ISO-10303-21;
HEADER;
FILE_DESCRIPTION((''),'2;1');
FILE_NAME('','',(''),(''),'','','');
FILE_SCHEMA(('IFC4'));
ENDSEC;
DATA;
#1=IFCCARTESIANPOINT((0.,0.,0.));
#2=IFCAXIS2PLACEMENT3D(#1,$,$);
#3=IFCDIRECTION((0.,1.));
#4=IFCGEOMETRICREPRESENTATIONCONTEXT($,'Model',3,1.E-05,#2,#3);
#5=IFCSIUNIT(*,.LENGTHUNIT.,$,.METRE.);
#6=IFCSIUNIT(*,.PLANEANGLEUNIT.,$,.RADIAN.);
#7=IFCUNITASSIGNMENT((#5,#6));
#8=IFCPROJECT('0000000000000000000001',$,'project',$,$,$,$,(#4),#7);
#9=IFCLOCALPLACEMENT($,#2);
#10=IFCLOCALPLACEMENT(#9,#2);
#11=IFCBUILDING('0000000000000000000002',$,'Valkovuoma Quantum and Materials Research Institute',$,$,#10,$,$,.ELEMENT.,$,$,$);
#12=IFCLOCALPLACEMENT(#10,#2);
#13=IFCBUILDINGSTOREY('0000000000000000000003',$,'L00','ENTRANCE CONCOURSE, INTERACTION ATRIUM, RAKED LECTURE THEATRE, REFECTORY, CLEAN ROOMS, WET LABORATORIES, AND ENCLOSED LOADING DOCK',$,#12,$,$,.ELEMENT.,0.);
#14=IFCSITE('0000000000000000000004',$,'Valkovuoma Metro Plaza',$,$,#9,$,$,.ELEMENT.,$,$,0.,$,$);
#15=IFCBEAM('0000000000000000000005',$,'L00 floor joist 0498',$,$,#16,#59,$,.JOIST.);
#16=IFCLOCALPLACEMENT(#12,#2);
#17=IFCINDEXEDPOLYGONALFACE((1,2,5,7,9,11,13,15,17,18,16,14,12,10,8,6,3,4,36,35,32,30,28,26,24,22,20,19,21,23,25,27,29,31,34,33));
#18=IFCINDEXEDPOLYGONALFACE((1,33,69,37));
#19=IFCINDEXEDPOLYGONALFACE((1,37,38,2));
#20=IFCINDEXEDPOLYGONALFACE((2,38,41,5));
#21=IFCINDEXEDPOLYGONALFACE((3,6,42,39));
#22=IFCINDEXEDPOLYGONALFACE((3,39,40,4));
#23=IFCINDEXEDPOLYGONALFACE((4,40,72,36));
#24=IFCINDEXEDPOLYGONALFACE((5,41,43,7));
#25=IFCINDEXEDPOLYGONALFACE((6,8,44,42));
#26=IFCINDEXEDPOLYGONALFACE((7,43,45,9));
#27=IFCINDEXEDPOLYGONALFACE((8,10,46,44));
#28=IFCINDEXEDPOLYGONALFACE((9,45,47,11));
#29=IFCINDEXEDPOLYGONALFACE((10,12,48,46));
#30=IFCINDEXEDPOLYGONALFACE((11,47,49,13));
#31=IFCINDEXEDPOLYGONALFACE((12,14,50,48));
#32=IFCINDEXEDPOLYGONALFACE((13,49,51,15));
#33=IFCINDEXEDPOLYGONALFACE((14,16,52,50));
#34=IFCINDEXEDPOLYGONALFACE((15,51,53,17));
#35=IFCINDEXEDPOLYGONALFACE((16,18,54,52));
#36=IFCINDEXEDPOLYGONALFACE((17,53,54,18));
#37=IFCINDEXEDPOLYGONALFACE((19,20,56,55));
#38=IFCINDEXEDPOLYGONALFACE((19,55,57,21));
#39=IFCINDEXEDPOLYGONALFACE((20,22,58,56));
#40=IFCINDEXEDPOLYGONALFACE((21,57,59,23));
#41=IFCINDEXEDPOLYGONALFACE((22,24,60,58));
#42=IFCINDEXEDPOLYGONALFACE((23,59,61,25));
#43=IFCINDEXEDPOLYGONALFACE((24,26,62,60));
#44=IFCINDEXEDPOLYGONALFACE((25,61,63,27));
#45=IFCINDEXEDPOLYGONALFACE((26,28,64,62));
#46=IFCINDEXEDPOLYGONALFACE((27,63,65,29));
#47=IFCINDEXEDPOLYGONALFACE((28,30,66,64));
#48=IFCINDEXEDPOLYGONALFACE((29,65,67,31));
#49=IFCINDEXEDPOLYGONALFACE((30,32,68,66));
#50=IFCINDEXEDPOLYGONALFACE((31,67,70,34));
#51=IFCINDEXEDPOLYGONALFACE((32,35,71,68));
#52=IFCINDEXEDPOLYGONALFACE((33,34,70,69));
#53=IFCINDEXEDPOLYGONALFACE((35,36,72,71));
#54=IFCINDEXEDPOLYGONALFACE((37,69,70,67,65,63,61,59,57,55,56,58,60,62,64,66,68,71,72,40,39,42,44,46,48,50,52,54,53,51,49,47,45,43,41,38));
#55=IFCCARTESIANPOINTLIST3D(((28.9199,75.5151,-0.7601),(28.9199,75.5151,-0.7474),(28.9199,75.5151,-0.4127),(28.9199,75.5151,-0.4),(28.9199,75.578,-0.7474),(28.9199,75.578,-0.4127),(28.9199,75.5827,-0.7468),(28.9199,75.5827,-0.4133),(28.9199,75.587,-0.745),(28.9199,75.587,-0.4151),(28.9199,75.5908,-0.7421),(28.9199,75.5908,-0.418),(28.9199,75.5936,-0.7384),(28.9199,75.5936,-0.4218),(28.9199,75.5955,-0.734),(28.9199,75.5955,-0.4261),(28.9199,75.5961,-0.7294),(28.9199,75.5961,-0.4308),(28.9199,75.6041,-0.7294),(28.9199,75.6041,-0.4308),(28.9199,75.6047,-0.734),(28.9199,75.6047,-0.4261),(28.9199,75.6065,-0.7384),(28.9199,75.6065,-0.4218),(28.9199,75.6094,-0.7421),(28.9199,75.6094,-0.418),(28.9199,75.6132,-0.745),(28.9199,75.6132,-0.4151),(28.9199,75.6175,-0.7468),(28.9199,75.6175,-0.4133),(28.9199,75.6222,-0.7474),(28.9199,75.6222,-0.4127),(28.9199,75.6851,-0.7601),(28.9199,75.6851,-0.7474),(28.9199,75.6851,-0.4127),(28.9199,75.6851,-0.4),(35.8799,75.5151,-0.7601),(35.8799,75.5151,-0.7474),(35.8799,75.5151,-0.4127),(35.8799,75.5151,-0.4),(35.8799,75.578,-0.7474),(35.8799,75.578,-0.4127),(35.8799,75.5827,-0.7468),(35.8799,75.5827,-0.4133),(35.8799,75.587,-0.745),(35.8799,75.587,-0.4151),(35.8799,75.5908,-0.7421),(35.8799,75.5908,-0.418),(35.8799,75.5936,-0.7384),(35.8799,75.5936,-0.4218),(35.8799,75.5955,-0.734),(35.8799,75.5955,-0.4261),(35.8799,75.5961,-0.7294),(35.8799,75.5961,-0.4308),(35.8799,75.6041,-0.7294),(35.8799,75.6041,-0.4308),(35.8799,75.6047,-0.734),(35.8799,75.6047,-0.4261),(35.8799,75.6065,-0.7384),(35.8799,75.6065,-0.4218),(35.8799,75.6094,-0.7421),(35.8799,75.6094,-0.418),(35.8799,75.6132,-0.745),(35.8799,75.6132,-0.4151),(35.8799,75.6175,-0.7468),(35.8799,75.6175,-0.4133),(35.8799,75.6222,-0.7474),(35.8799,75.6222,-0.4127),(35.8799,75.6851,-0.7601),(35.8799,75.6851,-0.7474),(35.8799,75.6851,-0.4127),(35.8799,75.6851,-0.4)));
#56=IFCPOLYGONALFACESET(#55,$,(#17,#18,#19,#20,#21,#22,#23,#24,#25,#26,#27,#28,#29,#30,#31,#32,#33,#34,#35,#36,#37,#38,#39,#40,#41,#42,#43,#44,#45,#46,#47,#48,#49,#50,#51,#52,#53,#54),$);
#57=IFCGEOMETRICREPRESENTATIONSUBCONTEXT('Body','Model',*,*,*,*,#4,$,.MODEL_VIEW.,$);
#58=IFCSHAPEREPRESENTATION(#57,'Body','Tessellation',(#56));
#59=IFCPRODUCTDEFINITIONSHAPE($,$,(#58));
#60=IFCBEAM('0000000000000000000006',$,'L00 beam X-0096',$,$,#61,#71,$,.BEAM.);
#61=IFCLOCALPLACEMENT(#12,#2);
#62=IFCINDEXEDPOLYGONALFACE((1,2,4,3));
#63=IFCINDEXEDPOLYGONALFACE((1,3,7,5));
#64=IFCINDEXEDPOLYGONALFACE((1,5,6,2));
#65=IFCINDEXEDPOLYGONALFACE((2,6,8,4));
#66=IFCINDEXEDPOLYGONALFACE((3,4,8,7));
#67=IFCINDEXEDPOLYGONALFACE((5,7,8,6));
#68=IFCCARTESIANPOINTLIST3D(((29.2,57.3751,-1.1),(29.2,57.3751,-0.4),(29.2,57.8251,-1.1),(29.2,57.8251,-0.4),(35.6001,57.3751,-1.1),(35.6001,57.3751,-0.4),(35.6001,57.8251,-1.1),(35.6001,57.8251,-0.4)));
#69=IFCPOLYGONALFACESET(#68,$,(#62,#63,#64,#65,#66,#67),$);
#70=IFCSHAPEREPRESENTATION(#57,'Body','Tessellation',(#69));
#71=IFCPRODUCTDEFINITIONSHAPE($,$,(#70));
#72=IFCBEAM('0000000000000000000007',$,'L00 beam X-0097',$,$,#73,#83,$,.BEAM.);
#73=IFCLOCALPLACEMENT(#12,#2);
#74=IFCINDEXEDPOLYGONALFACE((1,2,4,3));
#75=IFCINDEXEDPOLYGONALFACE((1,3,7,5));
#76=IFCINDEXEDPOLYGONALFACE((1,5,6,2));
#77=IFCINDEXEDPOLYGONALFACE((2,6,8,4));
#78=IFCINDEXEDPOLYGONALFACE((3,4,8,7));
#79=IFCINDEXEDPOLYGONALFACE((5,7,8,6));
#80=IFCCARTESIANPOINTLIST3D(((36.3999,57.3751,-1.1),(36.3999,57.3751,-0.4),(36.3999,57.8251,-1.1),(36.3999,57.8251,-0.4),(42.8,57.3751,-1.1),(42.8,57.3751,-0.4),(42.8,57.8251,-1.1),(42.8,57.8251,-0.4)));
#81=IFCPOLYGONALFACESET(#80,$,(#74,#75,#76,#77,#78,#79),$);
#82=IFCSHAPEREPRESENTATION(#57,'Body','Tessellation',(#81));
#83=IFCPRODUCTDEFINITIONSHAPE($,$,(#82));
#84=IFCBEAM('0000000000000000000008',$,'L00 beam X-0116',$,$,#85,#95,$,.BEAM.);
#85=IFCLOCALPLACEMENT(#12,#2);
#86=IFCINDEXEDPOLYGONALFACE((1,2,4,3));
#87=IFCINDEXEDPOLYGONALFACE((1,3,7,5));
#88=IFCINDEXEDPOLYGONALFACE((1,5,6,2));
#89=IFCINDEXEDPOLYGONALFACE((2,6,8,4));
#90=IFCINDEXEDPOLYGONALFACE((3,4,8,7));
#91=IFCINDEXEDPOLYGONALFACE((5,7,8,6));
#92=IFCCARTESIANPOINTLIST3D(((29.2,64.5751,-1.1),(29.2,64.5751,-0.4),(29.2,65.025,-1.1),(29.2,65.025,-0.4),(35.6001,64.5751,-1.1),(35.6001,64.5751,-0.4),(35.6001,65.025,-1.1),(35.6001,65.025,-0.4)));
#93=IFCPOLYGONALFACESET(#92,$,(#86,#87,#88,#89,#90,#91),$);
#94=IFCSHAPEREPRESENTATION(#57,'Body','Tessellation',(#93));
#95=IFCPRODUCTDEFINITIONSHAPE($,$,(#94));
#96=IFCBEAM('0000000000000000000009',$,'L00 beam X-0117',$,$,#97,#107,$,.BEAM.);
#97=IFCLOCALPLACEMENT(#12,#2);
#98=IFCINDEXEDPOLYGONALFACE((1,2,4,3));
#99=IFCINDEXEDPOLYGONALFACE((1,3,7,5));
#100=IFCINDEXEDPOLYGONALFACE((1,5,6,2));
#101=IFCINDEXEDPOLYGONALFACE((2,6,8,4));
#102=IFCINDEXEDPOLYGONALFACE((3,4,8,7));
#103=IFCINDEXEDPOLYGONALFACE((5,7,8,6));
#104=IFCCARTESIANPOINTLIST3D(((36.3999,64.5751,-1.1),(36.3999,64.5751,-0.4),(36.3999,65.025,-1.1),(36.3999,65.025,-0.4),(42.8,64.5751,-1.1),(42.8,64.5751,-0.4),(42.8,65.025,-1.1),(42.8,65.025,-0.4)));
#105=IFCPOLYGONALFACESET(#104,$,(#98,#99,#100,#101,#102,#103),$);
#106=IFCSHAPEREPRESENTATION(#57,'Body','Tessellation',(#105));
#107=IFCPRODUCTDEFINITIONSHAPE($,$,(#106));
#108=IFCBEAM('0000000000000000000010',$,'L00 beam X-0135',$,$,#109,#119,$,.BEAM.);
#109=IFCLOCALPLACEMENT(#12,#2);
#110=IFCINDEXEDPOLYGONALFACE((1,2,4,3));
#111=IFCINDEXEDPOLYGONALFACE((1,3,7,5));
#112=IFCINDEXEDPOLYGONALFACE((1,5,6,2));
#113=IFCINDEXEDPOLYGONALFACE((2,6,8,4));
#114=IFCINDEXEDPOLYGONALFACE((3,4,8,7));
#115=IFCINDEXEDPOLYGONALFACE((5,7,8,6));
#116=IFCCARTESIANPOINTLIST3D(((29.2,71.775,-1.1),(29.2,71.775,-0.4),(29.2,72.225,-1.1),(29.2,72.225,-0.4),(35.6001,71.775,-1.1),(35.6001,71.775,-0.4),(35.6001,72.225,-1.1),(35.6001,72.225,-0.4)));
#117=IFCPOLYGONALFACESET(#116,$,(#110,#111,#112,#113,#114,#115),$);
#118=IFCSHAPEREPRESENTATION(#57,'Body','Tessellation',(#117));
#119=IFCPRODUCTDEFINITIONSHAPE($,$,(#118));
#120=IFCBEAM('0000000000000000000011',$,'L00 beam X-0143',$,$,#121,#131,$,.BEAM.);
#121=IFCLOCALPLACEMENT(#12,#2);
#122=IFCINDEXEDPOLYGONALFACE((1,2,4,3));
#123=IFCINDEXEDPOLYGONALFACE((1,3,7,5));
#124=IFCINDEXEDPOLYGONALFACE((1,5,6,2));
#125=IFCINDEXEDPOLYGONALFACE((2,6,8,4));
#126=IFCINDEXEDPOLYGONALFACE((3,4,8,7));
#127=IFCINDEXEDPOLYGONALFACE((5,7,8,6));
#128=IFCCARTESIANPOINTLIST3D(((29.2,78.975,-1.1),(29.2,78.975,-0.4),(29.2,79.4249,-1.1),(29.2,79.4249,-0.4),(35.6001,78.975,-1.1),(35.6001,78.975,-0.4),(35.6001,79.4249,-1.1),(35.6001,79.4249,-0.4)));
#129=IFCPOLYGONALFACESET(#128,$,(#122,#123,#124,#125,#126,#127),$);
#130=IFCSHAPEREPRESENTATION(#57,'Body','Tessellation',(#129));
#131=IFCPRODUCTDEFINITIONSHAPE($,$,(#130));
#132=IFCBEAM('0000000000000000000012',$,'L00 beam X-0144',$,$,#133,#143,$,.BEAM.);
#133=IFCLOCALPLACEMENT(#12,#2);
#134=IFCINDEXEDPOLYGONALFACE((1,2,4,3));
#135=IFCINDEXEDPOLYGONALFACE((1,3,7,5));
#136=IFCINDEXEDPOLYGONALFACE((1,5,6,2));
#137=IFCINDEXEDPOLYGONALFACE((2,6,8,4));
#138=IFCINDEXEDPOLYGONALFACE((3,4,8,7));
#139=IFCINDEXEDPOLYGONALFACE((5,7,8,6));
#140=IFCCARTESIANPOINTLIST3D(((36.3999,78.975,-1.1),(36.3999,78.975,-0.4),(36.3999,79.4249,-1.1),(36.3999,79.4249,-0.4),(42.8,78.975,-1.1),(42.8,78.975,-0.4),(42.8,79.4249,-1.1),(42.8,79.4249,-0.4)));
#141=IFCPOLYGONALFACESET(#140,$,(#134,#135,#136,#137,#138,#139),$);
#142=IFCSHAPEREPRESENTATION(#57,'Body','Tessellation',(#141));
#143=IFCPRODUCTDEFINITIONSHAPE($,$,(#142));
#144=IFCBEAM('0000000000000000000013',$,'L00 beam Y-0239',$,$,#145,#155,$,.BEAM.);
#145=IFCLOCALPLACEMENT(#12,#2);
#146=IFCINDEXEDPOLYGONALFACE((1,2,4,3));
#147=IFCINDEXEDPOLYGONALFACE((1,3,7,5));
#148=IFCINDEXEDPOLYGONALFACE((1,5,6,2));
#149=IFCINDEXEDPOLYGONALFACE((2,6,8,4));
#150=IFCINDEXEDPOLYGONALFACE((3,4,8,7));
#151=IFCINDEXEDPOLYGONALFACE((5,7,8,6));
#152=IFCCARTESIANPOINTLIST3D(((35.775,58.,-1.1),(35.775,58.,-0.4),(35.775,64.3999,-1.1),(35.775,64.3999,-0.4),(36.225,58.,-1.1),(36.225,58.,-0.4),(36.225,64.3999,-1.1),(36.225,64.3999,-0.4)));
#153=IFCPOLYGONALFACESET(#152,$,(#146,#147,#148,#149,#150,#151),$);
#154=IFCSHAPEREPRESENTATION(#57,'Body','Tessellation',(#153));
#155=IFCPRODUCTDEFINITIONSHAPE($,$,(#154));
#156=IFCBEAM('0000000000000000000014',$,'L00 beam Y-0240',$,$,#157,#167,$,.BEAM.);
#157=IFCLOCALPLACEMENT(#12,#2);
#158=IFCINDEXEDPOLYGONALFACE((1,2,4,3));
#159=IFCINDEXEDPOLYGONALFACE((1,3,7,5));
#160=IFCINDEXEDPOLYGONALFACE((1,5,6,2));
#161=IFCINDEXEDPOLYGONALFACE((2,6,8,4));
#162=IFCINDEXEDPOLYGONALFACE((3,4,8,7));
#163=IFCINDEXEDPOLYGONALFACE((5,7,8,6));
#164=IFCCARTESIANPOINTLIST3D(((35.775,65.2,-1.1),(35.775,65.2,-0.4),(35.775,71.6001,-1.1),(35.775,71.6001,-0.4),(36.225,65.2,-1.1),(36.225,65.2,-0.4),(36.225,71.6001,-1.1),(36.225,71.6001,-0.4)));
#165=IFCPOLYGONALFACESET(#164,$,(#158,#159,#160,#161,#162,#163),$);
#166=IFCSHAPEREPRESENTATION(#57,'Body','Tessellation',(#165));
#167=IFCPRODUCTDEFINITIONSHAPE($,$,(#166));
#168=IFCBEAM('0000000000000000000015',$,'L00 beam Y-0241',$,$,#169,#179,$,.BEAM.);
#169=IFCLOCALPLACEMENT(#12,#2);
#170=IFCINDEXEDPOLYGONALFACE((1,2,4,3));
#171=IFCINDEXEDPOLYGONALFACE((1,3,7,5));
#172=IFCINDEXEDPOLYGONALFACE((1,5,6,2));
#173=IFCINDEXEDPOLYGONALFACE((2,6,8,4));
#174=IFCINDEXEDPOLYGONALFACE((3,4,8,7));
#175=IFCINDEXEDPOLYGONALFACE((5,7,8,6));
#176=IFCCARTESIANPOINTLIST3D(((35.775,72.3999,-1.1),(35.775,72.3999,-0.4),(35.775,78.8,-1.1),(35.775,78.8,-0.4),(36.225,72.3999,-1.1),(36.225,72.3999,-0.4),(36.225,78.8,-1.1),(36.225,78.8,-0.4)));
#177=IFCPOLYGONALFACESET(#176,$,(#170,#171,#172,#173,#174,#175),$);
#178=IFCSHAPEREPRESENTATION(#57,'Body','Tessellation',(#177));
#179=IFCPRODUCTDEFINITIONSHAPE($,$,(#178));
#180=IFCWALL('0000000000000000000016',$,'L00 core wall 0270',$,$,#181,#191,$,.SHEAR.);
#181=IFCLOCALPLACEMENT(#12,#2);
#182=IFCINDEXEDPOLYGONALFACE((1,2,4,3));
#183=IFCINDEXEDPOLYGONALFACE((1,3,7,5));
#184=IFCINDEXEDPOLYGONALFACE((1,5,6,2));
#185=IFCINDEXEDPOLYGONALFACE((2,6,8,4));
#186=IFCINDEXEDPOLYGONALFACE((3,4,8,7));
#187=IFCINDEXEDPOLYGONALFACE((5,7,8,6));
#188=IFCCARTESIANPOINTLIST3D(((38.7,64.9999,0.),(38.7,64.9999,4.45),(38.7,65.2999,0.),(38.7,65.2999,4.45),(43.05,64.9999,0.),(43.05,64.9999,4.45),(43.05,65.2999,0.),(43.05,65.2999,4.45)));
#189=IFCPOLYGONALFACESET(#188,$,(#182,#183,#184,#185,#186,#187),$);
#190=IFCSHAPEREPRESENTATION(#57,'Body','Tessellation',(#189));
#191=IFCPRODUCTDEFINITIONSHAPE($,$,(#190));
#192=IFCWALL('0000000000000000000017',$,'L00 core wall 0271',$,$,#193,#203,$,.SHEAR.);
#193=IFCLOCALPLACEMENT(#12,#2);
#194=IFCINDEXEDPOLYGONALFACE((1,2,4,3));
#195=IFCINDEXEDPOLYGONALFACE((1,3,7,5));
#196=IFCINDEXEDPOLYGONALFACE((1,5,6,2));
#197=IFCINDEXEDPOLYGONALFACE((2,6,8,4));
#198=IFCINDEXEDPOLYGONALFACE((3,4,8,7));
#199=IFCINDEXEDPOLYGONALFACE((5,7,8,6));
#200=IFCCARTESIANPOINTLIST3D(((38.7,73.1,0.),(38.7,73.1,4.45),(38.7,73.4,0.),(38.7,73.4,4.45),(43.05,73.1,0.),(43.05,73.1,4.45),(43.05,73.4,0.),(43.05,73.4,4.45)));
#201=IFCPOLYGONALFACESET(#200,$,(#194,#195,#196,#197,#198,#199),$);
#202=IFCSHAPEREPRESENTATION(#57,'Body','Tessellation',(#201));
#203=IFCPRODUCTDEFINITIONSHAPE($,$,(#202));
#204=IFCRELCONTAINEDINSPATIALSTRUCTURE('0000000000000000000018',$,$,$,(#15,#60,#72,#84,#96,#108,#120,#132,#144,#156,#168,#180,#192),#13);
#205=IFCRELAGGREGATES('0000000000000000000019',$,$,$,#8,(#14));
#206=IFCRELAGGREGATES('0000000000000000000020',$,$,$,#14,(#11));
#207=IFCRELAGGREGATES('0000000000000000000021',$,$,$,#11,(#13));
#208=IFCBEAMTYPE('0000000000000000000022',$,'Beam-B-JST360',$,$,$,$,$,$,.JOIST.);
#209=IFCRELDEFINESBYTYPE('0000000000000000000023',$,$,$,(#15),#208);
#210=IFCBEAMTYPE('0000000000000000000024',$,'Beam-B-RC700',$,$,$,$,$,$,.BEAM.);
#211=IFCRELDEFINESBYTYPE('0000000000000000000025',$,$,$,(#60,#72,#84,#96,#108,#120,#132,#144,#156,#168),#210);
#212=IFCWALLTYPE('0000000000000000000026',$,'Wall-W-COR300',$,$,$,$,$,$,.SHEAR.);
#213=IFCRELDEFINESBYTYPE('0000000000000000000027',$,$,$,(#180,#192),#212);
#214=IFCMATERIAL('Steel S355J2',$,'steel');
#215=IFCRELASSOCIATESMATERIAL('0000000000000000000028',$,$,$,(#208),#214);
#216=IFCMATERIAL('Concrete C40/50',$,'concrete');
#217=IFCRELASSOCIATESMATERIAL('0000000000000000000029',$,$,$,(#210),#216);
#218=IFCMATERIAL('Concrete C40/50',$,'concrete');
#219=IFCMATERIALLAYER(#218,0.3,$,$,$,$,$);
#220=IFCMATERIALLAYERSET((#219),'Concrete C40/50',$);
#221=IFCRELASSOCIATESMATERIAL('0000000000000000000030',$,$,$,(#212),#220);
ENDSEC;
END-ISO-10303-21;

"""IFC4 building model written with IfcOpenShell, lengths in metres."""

from ifc_helpers import new_model, si_unit, direction, frame, frame_2d, origin, origin_2d, place, context, subcontext, project, spatial, rectangle, i_section, extrude, material, layer, layer_set, material_profile, profile_set, type_object, element, save


model = new_model("IFC4")

# Units and contexts
model_context = context("Model", 3, precision=1e-05, world=origin(), true_north=direction((0.0, 1.0)))
body_context = subcontext(model_context, "Body", "Model", "MODEL_VIEW")
ifc_project = project(units=[si_unit("LENGTHUNIT", "METRE"), si_unit("PLANEANGLEUNIT", "RADIAN")], contexts=[model_context])

# Site, building, storey
site_placement = place(None, origin())
site = spatial("IfcSite", under=ifc_project, at=site_placement, Name="Valkovuoma Metro Plaza", CompositionType="ELEMENT", RefElevation=0.0)
building_placement = place(site_placement, origin())
building = spatial("IfcBuilding", under=site, at=building_placement, Name="Valkovuoma Quantum and Materials Research Institute", CompositionType="ELEMENT")
storey_placement = place(building_placement, origin())
storey = spatial("IfcBuildingStorey", under=building, at=storey_placement, Name="L00", Description="ENTRANCE CONCOURSE, INTERACTION ATRIUM, RAKED LECTURE THEATRE, REFECTORY, CLEAN ROOMS, WET LABORATORIES, AND ENCLOSED LOADING DOCK", CompositionType="ELEMENT", Elevation=0.0)

# Beams
ifc_material_1 = material(Name="Steel S355J2", Category="steel")
ifc_material_profile_1 = material_profile(ifc_material_1, i_section(OverallWidth=0.1699, OverallDepth=0.3601, WebThickness=0.0081, FlangeThickness=0.0127, FilletRadius=0.0181, at=origin_2d()), Name="Steel S355J2")
ifc_profile_set_1 = profile_set([ifc_material_profile_1], Name="Steel S355J2")
beam_type_1 = type_object("IfcBeamType", Name="Beam-B-JST360", PredefinedType="JOIST", material=ifc_profile_set_1)
for number, where, z_axis, x_axis, name in (
    (1, (28.9199, 75.6001, -0.5801), (1.0, 0.0, 0.0), (0.0, 1.0, 0.0), "L00 floor joist 0498"),
):
    element("IfcBeam", number, at=place(storey_placement, frame(where, z_axis=z_axis, x_axis=x_axis)), inside=storey, type_object=beam_type_1, Name=name, PredefinedType="JOIST", context=body_context, shape_type="SweptSolid", body=[
        extrude(i_section(OverallWidth=0.1699, OverallDepth=0.3601, WebThickness=0.0081, FlangeThickness=0.0127, FilletRadius=0.0181, at=origin_2d()), origin(), (0.0, 0.0, 1.0), 6.96),
    ])
ifc_material_2 = material(Name="Concrete C40/50", Category="concrete")
ifc_material_profile_2 = material_profile(ifc_material_2, rectangle(XDim=0.45, YDim=0.7, at=origin_2d()), Name="Concrete C40/50")
ifc_profile_set_2 = profile_set([ifc_material_profile_2], Name="Concrete C40/50")
beam_type_2 = type_object("IfcBeamType", Name="Beam-B-RC700", PredefinedType="BEAM", material=ifc_profile_set_2)
for number, where, z_axis, x_axis, name in (
    (2, (29.2, 57.6001, -0.75), (1.0, 0.0, 0.0), (0.0, 1.0, 0.0), "L00 beam X-0096"),
    (3, (36.3999, 57.6001, -0.75), (1.0, 0.0, 0.0), (0.0, 1.0, 0.0), "L00 beam X-0097"),
    (4, (29.2, 64.8, -0.75), (1.0, 0.0, 0.0), (0.0, 1.0, 0.0), "L00 beam X-0116"),
    (5, (36.3999, 64.8, -0.75), (1.0, 0.0, 0.0), (0.0, 1.0, 0.0), "L00 beam X-0117"),
    (6, (29.2, 72.0, -0.75), (1.0, 0.0, 0.0), (0.0, 1.0, 0.0), "L00 beam X-0135"),
    (7, (29.2, 79.2, -0.75), (1.0, 0.0, 0.0), (0.0, 1.0, 0.0), "L00 beam X-0143"),
    (8, (36.3999, 79.2, -0.75), (1.0, 0.0, 0.0), (0.0, 1.0, 0.0), "L00 beam X-0144"),
):
    element("IfcBeam", number, at=place(storey_placement, frame(where, z_axis=z_axis, x_axis=x_axis)), inside=storey, type_object=beam_type_2, Name=name, PredefinedType="BEAM", context=body_context, shape_type="SweptSolid", body=[
        extrude(rectangle(XDim=0.45, YDim=0.7, at=origin_2d()), origin(), (0.0, 0.0, 1.0), 6.4001),
    ])
beam_placement = place(storey_placement, frame((36.0, 58.0, -0.75), z_axis=(0.0, 1.0, 0.0), x_axis=(-1.0, 0.0, 0.0)))
element("IfcBeam", 9, at=beam_placement, inside=storey, type_object=beam_type_2, Name="L00 beam Y-0239", PredefinedType="BEAM", context=body_context, shape_type="SweptSolid", body=[
    extrude(rectangle(XDim=0.45, YDim=0.7, at=origin_2d()), origin(), (0.0, 0.0, 1.0), 6.3999),
])
for number, where, z_axis, x_axis, name in (
    (10, (36.0, 65.2, -0.75), (0.0, 1.0, 0.0), (-1.0, 0.0, 0.0), "L00 beam Y-0240"),
    (11, (36.0, 72.3999, -0.75), (0.0, 1.0, 0.0), (-1.0, 0.0, 0.0), "L00 beam Y-0241"),
):
    element("IfcBeam", number, at=place(storey_placement, frame(where, z_axis=z_axis, x_axis=x_axis)), inside=storey, type_object=beam_type_2, Name=name, PredefinedType="BEAM", context=body_context, shape_type="SweptSolid", body=[
        extrude(rectangle(XDim=0.45, YDim=0.7, at=origin_2d()), origin(), (0.0, 0.0, 1.0), 6.4001),
    ])

# Walls
ifc_material_3 = material(Name="Concrete C40/50", Category="concrete")
ifc_layer = layer(ifc_material_3, 0.3)
ifc_layer_set = layer_set([ifc_layer], Name="Concrete C40/50")
wall_type = type_object("IfcWallType", Name="Wall-W-COR300", PredefinedType="SHEAR", material=ifc_layer_set)
for number, where, z_axis, x_axis, name in (
    (12, (38.7, 65.1499, 0.0), (0.0, 0.0, 1.0), (1.0, 0.0, 0.0), "L00 core wall 0270"),
    (13, (38.7, 73.25, 0.0), (0.0, 0.0, 1.0), (1.0, 0.0, 0.0), "L00 core wall 0271"),
):
    element("IfcWall", number, at=place(storey_placement, frame(where, z_axis=z_axis, x_axis=x_axis)), inside=storey, type_object=wall_type, Name=name, PredefinedType="SHEAR", context=body_context, shape_type="SweptSolid", body=[
        extrude(rectangle(XDim=4.3501, YDim=0.3, at=frame_2d((2.175, 0.0))), origin(), (0.0, 0.0, 1.0), 4.45),
    ])

save(model, "model.ifc")
